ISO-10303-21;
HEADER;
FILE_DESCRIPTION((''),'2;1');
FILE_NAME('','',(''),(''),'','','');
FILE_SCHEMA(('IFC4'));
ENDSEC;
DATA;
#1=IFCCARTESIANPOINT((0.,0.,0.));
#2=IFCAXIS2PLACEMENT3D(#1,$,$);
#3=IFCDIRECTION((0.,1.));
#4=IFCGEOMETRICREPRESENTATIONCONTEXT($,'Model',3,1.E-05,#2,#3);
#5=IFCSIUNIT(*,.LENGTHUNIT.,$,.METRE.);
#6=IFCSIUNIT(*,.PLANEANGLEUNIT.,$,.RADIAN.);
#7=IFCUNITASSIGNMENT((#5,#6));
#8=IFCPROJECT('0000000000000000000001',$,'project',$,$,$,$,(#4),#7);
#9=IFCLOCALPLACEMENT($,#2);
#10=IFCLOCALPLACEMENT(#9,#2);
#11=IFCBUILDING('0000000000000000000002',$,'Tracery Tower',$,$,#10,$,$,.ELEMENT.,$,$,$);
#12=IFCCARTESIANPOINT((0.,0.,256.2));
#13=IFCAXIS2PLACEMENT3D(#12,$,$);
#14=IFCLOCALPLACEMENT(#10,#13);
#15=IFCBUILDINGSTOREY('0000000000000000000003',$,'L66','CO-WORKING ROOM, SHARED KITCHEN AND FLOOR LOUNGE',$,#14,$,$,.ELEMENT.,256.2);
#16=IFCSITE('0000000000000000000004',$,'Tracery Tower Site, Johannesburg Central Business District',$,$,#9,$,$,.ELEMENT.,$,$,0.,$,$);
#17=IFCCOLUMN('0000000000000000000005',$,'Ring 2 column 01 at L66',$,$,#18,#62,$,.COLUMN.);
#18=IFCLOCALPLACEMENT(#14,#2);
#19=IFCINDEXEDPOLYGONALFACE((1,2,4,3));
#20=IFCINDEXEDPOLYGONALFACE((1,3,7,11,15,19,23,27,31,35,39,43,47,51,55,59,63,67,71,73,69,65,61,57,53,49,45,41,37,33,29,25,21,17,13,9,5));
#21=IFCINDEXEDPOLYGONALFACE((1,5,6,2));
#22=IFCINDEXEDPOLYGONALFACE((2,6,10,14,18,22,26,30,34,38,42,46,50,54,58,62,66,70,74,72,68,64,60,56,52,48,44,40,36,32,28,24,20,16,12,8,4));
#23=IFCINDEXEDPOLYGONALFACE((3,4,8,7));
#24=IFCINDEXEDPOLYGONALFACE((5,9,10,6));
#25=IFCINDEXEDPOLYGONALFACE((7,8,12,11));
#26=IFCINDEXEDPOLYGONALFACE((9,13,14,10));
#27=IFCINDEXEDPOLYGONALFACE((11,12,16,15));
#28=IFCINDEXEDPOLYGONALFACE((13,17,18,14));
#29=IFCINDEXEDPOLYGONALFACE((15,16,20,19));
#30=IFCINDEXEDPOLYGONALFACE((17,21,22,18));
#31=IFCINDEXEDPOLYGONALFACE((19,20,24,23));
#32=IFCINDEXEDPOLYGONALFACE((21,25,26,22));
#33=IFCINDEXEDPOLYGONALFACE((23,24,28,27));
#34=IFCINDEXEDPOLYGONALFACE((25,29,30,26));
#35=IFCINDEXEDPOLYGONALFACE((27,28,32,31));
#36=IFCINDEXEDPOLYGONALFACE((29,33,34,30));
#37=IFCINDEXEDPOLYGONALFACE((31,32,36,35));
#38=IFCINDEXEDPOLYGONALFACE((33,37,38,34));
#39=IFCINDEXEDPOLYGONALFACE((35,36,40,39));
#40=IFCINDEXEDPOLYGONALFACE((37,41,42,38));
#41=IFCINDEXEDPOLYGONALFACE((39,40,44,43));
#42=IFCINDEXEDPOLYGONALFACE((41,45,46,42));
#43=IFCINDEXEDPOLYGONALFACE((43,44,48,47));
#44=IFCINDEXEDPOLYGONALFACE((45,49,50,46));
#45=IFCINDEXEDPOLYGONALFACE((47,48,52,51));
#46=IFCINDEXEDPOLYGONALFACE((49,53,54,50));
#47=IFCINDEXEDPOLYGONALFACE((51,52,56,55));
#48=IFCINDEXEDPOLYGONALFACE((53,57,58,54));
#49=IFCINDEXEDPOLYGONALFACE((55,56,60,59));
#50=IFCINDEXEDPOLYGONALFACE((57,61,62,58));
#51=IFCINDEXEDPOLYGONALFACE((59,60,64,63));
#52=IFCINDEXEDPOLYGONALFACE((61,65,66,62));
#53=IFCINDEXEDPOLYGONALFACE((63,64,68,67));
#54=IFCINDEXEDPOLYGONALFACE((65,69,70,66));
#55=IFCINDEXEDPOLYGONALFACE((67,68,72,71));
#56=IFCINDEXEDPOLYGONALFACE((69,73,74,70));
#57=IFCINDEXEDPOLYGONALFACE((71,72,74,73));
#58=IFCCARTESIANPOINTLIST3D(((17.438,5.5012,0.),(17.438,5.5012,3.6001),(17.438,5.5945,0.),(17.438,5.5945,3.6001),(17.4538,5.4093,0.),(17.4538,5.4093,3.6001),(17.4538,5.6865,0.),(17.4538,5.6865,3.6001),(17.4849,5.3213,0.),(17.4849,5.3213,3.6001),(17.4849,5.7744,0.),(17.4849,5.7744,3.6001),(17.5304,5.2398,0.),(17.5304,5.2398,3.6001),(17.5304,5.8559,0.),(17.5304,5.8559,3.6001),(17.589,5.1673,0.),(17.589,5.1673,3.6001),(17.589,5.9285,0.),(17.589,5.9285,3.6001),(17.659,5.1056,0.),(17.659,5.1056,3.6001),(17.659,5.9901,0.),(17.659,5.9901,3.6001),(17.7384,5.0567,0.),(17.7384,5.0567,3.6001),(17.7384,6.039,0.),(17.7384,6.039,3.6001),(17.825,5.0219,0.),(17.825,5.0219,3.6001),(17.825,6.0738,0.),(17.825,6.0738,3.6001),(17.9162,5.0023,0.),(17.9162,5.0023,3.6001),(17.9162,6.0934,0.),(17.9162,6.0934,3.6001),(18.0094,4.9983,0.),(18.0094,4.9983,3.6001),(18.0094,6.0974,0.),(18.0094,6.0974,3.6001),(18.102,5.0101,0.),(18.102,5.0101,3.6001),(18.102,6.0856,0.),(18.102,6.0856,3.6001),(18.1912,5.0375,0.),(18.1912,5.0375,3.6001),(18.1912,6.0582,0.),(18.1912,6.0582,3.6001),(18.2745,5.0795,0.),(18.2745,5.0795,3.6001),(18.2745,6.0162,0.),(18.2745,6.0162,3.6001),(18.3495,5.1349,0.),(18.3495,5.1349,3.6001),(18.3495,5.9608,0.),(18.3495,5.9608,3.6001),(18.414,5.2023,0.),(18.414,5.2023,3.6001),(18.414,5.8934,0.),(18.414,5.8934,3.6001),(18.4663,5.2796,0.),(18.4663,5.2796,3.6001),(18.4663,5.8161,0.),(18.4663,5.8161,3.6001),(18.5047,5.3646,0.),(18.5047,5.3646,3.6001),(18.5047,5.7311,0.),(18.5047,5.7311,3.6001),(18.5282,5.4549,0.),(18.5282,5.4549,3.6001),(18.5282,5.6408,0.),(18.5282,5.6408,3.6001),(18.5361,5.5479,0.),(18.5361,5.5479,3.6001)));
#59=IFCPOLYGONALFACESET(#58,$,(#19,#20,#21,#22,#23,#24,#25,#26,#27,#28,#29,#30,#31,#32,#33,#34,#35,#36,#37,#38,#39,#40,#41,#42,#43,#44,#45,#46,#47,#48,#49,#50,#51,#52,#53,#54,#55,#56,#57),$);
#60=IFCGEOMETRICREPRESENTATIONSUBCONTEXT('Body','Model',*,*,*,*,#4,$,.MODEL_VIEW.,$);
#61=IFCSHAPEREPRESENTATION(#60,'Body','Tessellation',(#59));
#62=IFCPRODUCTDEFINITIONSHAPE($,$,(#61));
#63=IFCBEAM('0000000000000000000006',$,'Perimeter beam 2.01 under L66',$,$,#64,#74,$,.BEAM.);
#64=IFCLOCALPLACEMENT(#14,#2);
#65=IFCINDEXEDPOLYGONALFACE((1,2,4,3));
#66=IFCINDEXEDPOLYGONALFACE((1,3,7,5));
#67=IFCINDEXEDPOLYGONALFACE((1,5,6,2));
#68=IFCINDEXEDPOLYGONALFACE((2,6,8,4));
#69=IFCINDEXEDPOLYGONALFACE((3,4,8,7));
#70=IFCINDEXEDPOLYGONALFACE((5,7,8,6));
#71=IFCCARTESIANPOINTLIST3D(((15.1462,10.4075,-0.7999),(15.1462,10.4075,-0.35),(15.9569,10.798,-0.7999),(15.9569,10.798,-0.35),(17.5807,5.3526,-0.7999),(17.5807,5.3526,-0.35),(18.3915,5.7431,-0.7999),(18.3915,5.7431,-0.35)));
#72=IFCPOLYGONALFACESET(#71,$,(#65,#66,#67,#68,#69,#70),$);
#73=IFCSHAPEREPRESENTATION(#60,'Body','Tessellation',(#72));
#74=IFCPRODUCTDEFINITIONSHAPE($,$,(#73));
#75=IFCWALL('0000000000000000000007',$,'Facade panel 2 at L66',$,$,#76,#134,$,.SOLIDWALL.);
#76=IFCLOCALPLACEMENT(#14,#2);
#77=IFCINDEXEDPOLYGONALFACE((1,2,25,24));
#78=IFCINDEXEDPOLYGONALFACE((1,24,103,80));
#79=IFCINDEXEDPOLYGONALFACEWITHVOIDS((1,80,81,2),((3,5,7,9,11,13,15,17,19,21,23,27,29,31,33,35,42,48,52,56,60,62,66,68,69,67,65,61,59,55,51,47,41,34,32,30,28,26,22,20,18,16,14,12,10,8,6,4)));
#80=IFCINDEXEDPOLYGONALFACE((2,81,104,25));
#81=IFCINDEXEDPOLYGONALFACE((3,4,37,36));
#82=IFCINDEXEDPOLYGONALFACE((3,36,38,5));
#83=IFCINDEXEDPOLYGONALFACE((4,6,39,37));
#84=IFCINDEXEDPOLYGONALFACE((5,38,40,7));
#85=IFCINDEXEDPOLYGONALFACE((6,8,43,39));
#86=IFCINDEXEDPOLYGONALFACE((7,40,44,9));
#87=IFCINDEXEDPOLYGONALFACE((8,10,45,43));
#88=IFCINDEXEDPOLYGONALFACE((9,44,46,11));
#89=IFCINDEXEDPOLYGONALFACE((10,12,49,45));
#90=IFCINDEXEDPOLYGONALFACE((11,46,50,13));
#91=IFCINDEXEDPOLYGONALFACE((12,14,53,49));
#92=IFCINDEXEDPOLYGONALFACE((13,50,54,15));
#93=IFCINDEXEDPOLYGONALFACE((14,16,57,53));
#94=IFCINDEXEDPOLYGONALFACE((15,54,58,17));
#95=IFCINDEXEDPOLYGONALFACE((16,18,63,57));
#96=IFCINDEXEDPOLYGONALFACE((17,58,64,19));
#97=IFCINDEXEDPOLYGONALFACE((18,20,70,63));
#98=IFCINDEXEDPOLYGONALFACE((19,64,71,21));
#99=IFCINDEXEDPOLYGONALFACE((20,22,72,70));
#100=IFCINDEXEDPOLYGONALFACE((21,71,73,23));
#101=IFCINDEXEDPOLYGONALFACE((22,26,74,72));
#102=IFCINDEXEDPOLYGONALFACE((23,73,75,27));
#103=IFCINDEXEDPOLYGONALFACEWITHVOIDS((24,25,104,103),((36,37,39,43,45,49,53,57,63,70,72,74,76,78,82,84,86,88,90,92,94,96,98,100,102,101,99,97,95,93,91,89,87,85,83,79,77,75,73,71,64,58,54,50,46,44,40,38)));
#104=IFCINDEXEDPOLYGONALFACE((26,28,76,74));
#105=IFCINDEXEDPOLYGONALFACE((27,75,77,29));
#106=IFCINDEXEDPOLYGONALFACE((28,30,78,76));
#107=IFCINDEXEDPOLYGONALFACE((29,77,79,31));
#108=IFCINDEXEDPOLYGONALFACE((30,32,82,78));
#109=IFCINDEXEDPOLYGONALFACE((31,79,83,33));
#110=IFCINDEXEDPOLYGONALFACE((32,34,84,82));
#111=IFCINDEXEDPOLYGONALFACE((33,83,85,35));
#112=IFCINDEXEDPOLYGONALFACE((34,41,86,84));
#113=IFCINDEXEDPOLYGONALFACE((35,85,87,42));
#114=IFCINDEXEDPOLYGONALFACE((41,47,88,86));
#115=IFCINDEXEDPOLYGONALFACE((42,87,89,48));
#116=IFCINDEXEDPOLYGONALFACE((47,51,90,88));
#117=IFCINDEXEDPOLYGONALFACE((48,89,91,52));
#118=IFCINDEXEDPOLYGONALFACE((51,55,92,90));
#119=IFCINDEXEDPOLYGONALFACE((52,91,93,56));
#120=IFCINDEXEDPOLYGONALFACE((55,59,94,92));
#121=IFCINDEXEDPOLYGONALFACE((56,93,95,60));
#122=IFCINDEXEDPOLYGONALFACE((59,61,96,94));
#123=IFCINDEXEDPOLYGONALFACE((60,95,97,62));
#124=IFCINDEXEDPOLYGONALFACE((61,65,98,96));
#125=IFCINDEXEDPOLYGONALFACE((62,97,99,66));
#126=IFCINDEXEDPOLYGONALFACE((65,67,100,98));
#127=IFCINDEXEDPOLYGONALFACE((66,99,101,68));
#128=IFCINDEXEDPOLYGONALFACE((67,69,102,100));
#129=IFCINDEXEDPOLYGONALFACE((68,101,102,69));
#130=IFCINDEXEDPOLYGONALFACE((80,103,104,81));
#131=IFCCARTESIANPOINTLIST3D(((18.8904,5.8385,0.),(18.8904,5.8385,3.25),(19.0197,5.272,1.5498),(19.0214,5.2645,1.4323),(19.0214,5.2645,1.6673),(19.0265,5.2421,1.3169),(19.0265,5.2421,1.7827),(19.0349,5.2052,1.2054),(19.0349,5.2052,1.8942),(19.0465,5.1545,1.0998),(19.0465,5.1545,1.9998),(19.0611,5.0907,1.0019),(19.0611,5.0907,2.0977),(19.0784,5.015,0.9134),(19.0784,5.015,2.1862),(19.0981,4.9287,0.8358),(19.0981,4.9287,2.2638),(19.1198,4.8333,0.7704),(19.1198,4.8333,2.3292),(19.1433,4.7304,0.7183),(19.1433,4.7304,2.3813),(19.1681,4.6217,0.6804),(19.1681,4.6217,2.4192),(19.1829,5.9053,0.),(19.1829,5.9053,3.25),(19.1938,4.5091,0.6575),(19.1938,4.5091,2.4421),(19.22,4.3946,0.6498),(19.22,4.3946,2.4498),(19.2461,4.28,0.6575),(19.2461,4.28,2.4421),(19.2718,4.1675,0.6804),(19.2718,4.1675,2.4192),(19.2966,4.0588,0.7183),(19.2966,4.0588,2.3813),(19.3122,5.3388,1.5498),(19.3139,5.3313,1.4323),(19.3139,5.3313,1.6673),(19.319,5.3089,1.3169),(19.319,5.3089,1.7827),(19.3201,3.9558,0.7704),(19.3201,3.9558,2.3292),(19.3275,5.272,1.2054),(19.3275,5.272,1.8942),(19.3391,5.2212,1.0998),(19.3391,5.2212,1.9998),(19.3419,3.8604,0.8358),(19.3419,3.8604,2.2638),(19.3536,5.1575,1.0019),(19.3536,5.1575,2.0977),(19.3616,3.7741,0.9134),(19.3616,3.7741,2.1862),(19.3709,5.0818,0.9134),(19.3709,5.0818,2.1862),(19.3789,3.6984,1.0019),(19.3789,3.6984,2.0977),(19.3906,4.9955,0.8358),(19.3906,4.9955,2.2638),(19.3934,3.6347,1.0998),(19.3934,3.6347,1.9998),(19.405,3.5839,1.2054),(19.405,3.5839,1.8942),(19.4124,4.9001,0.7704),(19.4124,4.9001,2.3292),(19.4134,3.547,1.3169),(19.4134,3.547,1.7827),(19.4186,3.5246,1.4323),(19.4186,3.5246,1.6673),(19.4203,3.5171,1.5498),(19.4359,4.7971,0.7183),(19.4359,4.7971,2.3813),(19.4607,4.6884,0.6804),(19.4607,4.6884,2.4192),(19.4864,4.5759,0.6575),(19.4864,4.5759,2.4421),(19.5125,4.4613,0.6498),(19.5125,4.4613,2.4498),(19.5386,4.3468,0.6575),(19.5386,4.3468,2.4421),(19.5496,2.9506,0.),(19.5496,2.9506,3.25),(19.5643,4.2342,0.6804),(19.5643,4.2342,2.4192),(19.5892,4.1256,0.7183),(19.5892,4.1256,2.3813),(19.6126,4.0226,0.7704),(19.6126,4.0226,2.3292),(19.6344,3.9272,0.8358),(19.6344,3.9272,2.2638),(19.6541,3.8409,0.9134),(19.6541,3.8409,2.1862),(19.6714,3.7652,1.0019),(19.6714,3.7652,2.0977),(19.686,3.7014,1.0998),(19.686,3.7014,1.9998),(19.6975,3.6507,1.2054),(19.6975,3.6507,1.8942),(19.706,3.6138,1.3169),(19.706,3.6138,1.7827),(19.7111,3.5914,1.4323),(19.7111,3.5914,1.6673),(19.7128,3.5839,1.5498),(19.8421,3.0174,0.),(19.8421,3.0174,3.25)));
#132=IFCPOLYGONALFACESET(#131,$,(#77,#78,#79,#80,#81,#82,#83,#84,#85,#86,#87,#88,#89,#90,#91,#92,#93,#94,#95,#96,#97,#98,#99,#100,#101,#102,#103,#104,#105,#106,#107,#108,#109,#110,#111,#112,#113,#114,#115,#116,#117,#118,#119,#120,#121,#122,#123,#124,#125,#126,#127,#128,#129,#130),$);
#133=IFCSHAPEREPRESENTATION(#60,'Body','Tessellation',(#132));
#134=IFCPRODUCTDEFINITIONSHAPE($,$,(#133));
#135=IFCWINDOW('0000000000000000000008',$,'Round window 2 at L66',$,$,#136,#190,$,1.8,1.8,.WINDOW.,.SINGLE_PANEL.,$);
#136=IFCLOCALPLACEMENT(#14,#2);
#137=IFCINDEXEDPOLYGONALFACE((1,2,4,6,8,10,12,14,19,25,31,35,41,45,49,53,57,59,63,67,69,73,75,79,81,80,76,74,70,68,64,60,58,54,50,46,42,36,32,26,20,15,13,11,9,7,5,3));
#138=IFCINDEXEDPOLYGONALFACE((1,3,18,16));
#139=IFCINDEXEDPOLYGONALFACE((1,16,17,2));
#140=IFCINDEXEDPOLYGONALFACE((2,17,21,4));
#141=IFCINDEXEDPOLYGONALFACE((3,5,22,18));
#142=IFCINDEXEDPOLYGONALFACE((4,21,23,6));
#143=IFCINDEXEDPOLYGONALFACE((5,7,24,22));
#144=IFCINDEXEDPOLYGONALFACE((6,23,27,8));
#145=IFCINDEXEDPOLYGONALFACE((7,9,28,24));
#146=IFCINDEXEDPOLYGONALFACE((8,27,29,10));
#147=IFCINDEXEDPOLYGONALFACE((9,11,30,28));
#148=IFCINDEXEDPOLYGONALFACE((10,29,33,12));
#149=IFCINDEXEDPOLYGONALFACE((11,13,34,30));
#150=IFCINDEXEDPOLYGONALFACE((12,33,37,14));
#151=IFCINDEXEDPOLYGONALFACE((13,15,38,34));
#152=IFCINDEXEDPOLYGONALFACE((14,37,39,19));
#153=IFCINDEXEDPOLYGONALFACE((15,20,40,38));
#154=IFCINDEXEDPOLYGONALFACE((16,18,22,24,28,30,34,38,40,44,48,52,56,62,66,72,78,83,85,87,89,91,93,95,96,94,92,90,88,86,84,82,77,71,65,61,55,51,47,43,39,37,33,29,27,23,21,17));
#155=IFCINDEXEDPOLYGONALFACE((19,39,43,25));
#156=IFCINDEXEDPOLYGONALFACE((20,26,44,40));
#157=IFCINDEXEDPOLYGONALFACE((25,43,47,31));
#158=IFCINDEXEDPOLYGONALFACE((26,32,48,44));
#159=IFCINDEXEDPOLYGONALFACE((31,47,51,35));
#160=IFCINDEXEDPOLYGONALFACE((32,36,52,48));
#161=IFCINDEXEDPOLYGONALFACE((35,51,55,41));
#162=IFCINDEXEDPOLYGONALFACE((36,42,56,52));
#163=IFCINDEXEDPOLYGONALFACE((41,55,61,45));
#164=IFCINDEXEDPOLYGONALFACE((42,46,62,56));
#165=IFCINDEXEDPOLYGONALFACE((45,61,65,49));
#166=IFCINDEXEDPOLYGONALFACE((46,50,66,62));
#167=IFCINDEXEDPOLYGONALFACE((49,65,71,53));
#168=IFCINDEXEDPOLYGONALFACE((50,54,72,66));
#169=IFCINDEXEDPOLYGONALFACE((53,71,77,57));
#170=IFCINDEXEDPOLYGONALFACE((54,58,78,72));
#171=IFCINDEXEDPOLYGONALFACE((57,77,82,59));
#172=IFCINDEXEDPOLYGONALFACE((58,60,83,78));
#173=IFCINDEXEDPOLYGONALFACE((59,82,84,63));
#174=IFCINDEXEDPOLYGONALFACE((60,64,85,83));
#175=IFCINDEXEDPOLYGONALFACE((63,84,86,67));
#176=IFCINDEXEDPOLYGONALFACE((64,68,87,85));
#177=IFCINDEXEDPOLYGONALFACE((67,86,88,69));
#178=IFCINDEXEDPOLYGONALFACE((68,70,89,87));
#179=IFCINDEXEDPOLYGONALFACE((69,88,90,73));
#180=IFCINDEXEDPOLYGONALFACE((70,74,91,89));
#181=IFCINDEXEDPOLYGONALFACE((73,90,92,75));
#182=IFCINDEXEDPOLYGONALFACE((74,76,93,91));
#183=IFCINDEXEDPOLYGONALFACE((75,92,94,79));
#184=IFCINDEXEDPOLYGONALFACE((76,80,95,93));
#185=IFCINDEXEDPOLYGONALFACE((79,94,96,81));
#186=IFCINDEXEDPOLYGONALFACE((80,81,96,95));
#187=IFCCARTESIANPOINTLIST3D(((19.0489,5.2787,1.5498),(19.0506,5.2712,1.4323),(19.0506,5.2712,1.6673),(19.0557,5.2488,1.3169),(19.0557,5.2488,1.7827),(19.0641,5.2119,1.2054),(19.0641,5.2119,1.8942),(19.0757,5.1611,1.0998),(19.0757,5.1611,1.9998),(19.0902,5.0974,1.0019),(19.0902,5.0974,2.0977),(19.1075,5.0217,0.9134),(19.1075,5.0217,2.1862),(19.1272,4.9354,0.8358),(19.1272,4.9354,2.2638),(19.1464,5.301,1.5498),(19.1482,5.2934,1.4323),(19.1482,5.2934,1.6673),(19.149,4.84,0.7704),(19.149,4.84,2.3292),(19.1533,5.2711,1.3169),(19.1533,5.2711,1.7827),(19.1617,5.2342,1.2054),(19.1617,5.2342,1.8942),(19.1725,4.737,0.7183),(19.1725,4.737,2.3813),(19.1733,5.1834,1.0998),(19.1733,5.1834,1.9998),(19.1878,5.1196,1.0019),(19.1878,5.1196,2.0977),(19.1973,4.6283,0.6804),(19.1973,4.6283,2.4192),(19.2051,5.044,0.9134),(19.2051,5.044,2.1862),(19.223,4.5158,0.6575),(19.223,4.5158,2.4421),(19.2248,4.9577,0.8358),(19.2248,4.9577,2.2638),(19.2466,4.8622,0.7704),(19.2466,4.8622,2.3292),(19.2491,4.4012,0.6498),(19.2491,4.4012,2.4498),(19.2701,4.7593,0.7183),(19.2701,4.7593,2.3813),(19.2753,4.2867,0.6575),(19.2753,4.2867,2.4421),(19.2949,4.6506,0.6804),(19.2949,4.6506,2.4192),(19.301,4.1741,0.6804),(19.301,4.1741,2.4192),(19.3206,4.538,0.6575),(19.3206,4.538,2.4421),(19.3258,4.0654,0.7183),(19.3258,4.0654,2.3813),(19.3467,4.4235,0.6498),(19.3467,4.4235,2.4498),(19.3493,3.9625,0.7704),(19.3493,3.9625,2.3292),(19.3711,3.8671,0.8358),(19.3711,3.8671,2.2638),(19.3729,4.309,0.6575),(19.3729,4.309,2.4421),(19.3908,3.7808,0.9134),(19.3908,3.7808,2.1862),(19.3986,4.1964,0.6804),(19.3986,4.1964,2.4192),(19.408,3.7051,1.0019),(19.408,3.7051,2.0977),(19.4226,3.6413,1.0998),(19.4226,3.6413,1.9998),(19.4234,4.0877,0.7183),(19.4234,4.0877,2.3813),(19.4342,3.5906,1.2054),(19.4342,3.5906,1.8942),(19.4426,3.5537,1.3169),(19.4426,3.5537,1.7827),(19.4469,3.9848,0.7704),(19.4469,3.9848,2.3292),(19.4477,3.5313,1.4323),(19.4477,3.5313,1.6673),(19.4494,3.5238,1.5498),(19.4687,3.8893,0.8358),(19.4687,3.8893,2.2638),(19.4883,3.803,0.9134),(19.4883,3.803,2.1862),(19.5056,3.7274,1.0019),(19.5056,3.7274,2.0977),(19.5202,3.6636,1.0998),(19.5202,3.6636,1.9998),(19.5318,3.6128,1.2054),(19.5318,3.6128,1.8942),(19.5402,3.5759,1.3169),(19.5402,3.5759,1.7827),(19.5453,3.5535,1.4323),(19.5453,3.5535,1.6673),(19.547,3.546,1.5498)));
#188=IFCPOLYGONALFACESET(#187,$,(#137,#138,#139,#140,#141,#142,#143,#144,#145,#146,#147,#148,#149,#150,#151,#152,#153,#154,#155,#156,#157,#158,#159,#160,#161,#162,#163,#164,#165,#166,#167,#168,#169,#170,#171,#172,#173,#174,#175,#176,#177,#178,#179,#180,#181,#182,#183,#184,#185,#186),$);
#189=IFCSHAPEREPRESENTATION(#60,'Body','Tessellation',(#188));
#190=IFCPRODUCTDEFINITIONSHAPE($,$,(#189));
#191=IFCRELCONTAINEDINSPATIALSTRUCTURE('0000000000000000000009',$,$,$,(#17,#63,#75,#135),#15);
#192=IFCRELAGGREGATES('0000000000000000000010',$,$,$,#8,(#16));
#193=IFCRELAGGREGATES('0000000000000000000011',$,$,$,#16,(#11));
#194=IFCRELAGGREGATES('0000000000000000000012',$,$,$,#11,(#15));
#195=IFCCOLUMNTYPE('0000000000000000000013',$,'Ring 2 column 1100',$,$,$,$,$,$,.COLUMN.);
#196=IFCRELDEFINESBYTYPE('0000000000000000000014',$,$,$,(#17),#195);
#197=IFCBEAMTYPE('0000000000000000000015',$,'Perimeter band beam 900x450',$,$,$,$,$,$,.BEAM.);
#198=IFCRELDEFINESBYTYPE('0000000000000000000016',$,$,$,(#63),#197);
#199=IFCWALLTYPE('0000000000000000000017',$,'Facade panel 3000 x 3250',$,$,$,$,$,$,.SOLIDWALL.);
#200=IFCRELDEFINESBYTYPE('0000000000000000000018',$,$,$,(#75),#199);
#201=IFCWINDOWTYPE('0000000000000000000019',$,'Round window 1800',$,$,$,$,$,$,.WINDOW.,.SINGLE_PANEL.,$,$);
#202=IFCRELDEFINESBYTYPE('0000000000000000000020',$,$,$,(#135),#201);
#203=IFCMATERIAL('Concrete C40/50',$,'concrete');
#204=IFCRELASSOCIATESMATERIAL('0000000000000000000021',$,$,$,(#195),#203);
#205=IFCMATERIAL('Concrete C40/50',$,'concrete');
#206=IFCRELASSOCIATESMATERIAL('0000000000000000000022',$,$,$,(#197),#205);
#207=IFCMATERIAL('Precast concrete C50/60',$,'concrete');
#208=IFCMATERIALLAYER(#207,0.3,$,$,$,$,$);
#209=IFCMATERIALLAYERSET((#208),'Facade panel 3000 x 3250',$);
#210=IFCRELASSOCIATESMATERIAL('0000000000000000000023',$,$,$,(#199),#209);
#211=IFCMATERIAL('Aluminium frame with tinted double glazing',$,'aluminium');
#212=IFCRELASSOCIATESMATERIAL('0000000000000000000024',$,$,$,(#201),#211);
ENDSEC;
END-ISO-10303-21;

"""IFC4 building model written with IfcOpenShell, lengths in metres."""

from ifc_helpers import new_model, si_unit, direction, frame, frame_2d, origin, origin_2d, place, context, subcontext, project, spatial, rectangle, circle, extrude, material, layer, layer_set, material_profile, profile_set, type_object, element, fill, save


model = new_model("IFC4")

# Units and contexts
model_context = context("Model", 3, precision=1e-05, world=origin(), true_north=direction((0.0, 1.0)))
body_context = subcontext(model_context, "Body", "Model", "MODEL_VIEW")
ifc_project = project(units=[si_unit("LENGTHUNIT", "METRE"), si_unit("PLANEANGLEUNIT", "RADIAN")], contexts=[model_context])

# Site, building, storey
site_placement = place(None, origin())
site = spatial("IfcSite", under=ifc_project, at=site_placement, Name="Tracery Tower Site, Johannesburg Central Business District", CompositionType="ELEMENT", RefElevation=0.0)
building_placement = place(site_placement, origin())
building = spatial("IfcBuilding", under=site, at=building_placement, Name="Tracery Tower", CompositionType="ELEMENT")
storey_placement = place(building_placement, frame((0.0, 0.0, 256.2)))
storey = spatial("IfcBuildingStorey", under=building, at=storey_placement, Name="L66", Description="CO-WORKING ROOM, SHARED KITCHEN AND FLOOR LOUNGE", CompositionType="ELEMENT", Elevation=256.2)

# Column
ifc_material_1 = material(Name="Concrete C40/50", Category="concrete")
ifc_material_profile_1 = material_profile(ifc_material_1, circle(Radius=0.55, at=origin_2d()), Name="RC D1100")
ifc_profile_set_1 = profile_set([ifc_material_profile_1], Name="Concrete C40/50")
column_type = type_object("IfcColumnType", Name="Ring 2 column 1100", PredefinedType="COLUMN", material=ifc_profile_set_1)
column_placement = place(storey_placement, frame((17.9861, 5.5479, 0.0), z_axis=(0.0, 0.0, 1.0), x_axis=(1.0, 0.0, 0.0)))
element("IfcColumn", 1, at=column_placement, inside=storey, type_object=column_type, Name="Ring 2 column 01 at L66", PredefinedType="COLUMN", context=body_context, shape_type="SweptSolid", body=[
    extrude(circle(Radius=0.55, at=origin_2d()), origin(), (0.0, 0.0, 1.0), 3.6001),
])

# Beam
ifc_material_2 = material(Name="Concrete C40/50", Category="concrete")
ifc_material_profile_2 = material_profile(ifc_material_2, rectangle(XDim=0.8999, YDim=0.45, at=origin_2d()), Name="RC 900x450")
ifc_profile_set_2 = profile_set([ifc_material_profile_2], Name="Concrete C40/50")
beam_type = type_object("IfcBeamType", Name="Perimeter band beam 900x450", PredefinedType="BEAM", material=ifc_profile_set_2)
beam_placement = place(storey_placement, frame((17.9861, 5.5479, -0.575), z_axis=(-0.433919, 0.900952, 0.0), x_axis=(-0.900952, -0.433919, 0.0)))
element("IfcBeam", 2, at=beam_placement, inside=storey, type_object=beam_type, Name="Perimeter beam 2.01 under L66", PredefinedType="BEAM", context=body_context, shape_type="SweptSolid", body=[
    extrude(rectangle(XDim=0.8999, YDim=0.45, at=origin_2d()), origin(), (0.0, 0.0, 1.0), 5.6106),
])

# Wall, opening, window
ifc_material_3 = material(Name="Precast concrete C50/60", Category="concrete")
ifc_layer_1 = layer(ifc_material_3, 0.3)
ifc_layer_set_1 = layer_set([ifc_layer_1], Name="Facade panel 3000 x 3250")
wall_type_1 = type_object("IfcWallType", Name="Facade panel 3000 x 3250", PredefinedType="SOLIDWALL", material=ifc_layer_set_1)
wall_1_placement = place(storey_placement, frame((19.6958, 2.9841, 0.0), z_axis=(0.0, 0.0, 1.0), x_axis=(-0.222529, 0.974926, 0.0)))
wall_1 = element("IfcWall", 3, at=wall_1_placement, inside=storey, type_object=wall_type_1, Name="Facade panel 2 at L66", PredefinedType="SOLIDWALL", context=body_context, shape_type="SweptSolid", body=[
    extrude(rectangle(XDim=2.9622, YDim=0.3, at=frame_2d((1.481, 0.0))), origin(), (0.0, 0.0, 1.0), 3.25),
])
opening_1_placement = place(wall_1_placement, frame((1.481, 0.0, 1.5498)))
opening_1 = element("IfcOpeningElement", 4, at=opening_1_placement, cuts=wall_1, PredefinedType="OPENING", context=body_context, shape_type="SweptSolid", body=[
    extrude(circle(Radius=0.9, at=origin_2d()), frame((0.0, 0.1599, 0.0), z_axis=(0.0, -1.0, 0.0), x_axis=(1.0, 0.0, 0.0)), (0.0, 0.0, 1.0), 0.3201),
])
ifc_material_4 = material(Name="Aluminium frame with tinted double glazing", Category="aluminium")
window_type = type_object("IfcWindowType", Name="Round window 1800", PartitioningType="SINGLE_PANEL", PredefinedType="WINDOW", material=ifc_material_4)
window_1_placement = place(opening_1_placement, origin())
window_1 = element("IfcWindow", 5, at=window_1_placement, inside=storey, type_object=window_type, Name="Round window 2 at L66", OverallHeight=1.8, OverallWidth=1.8, PartitioningType="SINGLE_PANEL", PredefinedType="WINDOW", context=body_context, shape_type="SweptSolid", body=[
    extrude(circle(Radius=0.9, at=origin_2d()), frame((0.0, 0.1201, 0.0), z_axis=(0.0, -1.0, 0.0), x_axis=(1.0, 0.0, 0.0)), (0.0, 0.0, 1.0), 0.1001),
])
fill(opening_1, window_1)

save(model, "model.ifc")
